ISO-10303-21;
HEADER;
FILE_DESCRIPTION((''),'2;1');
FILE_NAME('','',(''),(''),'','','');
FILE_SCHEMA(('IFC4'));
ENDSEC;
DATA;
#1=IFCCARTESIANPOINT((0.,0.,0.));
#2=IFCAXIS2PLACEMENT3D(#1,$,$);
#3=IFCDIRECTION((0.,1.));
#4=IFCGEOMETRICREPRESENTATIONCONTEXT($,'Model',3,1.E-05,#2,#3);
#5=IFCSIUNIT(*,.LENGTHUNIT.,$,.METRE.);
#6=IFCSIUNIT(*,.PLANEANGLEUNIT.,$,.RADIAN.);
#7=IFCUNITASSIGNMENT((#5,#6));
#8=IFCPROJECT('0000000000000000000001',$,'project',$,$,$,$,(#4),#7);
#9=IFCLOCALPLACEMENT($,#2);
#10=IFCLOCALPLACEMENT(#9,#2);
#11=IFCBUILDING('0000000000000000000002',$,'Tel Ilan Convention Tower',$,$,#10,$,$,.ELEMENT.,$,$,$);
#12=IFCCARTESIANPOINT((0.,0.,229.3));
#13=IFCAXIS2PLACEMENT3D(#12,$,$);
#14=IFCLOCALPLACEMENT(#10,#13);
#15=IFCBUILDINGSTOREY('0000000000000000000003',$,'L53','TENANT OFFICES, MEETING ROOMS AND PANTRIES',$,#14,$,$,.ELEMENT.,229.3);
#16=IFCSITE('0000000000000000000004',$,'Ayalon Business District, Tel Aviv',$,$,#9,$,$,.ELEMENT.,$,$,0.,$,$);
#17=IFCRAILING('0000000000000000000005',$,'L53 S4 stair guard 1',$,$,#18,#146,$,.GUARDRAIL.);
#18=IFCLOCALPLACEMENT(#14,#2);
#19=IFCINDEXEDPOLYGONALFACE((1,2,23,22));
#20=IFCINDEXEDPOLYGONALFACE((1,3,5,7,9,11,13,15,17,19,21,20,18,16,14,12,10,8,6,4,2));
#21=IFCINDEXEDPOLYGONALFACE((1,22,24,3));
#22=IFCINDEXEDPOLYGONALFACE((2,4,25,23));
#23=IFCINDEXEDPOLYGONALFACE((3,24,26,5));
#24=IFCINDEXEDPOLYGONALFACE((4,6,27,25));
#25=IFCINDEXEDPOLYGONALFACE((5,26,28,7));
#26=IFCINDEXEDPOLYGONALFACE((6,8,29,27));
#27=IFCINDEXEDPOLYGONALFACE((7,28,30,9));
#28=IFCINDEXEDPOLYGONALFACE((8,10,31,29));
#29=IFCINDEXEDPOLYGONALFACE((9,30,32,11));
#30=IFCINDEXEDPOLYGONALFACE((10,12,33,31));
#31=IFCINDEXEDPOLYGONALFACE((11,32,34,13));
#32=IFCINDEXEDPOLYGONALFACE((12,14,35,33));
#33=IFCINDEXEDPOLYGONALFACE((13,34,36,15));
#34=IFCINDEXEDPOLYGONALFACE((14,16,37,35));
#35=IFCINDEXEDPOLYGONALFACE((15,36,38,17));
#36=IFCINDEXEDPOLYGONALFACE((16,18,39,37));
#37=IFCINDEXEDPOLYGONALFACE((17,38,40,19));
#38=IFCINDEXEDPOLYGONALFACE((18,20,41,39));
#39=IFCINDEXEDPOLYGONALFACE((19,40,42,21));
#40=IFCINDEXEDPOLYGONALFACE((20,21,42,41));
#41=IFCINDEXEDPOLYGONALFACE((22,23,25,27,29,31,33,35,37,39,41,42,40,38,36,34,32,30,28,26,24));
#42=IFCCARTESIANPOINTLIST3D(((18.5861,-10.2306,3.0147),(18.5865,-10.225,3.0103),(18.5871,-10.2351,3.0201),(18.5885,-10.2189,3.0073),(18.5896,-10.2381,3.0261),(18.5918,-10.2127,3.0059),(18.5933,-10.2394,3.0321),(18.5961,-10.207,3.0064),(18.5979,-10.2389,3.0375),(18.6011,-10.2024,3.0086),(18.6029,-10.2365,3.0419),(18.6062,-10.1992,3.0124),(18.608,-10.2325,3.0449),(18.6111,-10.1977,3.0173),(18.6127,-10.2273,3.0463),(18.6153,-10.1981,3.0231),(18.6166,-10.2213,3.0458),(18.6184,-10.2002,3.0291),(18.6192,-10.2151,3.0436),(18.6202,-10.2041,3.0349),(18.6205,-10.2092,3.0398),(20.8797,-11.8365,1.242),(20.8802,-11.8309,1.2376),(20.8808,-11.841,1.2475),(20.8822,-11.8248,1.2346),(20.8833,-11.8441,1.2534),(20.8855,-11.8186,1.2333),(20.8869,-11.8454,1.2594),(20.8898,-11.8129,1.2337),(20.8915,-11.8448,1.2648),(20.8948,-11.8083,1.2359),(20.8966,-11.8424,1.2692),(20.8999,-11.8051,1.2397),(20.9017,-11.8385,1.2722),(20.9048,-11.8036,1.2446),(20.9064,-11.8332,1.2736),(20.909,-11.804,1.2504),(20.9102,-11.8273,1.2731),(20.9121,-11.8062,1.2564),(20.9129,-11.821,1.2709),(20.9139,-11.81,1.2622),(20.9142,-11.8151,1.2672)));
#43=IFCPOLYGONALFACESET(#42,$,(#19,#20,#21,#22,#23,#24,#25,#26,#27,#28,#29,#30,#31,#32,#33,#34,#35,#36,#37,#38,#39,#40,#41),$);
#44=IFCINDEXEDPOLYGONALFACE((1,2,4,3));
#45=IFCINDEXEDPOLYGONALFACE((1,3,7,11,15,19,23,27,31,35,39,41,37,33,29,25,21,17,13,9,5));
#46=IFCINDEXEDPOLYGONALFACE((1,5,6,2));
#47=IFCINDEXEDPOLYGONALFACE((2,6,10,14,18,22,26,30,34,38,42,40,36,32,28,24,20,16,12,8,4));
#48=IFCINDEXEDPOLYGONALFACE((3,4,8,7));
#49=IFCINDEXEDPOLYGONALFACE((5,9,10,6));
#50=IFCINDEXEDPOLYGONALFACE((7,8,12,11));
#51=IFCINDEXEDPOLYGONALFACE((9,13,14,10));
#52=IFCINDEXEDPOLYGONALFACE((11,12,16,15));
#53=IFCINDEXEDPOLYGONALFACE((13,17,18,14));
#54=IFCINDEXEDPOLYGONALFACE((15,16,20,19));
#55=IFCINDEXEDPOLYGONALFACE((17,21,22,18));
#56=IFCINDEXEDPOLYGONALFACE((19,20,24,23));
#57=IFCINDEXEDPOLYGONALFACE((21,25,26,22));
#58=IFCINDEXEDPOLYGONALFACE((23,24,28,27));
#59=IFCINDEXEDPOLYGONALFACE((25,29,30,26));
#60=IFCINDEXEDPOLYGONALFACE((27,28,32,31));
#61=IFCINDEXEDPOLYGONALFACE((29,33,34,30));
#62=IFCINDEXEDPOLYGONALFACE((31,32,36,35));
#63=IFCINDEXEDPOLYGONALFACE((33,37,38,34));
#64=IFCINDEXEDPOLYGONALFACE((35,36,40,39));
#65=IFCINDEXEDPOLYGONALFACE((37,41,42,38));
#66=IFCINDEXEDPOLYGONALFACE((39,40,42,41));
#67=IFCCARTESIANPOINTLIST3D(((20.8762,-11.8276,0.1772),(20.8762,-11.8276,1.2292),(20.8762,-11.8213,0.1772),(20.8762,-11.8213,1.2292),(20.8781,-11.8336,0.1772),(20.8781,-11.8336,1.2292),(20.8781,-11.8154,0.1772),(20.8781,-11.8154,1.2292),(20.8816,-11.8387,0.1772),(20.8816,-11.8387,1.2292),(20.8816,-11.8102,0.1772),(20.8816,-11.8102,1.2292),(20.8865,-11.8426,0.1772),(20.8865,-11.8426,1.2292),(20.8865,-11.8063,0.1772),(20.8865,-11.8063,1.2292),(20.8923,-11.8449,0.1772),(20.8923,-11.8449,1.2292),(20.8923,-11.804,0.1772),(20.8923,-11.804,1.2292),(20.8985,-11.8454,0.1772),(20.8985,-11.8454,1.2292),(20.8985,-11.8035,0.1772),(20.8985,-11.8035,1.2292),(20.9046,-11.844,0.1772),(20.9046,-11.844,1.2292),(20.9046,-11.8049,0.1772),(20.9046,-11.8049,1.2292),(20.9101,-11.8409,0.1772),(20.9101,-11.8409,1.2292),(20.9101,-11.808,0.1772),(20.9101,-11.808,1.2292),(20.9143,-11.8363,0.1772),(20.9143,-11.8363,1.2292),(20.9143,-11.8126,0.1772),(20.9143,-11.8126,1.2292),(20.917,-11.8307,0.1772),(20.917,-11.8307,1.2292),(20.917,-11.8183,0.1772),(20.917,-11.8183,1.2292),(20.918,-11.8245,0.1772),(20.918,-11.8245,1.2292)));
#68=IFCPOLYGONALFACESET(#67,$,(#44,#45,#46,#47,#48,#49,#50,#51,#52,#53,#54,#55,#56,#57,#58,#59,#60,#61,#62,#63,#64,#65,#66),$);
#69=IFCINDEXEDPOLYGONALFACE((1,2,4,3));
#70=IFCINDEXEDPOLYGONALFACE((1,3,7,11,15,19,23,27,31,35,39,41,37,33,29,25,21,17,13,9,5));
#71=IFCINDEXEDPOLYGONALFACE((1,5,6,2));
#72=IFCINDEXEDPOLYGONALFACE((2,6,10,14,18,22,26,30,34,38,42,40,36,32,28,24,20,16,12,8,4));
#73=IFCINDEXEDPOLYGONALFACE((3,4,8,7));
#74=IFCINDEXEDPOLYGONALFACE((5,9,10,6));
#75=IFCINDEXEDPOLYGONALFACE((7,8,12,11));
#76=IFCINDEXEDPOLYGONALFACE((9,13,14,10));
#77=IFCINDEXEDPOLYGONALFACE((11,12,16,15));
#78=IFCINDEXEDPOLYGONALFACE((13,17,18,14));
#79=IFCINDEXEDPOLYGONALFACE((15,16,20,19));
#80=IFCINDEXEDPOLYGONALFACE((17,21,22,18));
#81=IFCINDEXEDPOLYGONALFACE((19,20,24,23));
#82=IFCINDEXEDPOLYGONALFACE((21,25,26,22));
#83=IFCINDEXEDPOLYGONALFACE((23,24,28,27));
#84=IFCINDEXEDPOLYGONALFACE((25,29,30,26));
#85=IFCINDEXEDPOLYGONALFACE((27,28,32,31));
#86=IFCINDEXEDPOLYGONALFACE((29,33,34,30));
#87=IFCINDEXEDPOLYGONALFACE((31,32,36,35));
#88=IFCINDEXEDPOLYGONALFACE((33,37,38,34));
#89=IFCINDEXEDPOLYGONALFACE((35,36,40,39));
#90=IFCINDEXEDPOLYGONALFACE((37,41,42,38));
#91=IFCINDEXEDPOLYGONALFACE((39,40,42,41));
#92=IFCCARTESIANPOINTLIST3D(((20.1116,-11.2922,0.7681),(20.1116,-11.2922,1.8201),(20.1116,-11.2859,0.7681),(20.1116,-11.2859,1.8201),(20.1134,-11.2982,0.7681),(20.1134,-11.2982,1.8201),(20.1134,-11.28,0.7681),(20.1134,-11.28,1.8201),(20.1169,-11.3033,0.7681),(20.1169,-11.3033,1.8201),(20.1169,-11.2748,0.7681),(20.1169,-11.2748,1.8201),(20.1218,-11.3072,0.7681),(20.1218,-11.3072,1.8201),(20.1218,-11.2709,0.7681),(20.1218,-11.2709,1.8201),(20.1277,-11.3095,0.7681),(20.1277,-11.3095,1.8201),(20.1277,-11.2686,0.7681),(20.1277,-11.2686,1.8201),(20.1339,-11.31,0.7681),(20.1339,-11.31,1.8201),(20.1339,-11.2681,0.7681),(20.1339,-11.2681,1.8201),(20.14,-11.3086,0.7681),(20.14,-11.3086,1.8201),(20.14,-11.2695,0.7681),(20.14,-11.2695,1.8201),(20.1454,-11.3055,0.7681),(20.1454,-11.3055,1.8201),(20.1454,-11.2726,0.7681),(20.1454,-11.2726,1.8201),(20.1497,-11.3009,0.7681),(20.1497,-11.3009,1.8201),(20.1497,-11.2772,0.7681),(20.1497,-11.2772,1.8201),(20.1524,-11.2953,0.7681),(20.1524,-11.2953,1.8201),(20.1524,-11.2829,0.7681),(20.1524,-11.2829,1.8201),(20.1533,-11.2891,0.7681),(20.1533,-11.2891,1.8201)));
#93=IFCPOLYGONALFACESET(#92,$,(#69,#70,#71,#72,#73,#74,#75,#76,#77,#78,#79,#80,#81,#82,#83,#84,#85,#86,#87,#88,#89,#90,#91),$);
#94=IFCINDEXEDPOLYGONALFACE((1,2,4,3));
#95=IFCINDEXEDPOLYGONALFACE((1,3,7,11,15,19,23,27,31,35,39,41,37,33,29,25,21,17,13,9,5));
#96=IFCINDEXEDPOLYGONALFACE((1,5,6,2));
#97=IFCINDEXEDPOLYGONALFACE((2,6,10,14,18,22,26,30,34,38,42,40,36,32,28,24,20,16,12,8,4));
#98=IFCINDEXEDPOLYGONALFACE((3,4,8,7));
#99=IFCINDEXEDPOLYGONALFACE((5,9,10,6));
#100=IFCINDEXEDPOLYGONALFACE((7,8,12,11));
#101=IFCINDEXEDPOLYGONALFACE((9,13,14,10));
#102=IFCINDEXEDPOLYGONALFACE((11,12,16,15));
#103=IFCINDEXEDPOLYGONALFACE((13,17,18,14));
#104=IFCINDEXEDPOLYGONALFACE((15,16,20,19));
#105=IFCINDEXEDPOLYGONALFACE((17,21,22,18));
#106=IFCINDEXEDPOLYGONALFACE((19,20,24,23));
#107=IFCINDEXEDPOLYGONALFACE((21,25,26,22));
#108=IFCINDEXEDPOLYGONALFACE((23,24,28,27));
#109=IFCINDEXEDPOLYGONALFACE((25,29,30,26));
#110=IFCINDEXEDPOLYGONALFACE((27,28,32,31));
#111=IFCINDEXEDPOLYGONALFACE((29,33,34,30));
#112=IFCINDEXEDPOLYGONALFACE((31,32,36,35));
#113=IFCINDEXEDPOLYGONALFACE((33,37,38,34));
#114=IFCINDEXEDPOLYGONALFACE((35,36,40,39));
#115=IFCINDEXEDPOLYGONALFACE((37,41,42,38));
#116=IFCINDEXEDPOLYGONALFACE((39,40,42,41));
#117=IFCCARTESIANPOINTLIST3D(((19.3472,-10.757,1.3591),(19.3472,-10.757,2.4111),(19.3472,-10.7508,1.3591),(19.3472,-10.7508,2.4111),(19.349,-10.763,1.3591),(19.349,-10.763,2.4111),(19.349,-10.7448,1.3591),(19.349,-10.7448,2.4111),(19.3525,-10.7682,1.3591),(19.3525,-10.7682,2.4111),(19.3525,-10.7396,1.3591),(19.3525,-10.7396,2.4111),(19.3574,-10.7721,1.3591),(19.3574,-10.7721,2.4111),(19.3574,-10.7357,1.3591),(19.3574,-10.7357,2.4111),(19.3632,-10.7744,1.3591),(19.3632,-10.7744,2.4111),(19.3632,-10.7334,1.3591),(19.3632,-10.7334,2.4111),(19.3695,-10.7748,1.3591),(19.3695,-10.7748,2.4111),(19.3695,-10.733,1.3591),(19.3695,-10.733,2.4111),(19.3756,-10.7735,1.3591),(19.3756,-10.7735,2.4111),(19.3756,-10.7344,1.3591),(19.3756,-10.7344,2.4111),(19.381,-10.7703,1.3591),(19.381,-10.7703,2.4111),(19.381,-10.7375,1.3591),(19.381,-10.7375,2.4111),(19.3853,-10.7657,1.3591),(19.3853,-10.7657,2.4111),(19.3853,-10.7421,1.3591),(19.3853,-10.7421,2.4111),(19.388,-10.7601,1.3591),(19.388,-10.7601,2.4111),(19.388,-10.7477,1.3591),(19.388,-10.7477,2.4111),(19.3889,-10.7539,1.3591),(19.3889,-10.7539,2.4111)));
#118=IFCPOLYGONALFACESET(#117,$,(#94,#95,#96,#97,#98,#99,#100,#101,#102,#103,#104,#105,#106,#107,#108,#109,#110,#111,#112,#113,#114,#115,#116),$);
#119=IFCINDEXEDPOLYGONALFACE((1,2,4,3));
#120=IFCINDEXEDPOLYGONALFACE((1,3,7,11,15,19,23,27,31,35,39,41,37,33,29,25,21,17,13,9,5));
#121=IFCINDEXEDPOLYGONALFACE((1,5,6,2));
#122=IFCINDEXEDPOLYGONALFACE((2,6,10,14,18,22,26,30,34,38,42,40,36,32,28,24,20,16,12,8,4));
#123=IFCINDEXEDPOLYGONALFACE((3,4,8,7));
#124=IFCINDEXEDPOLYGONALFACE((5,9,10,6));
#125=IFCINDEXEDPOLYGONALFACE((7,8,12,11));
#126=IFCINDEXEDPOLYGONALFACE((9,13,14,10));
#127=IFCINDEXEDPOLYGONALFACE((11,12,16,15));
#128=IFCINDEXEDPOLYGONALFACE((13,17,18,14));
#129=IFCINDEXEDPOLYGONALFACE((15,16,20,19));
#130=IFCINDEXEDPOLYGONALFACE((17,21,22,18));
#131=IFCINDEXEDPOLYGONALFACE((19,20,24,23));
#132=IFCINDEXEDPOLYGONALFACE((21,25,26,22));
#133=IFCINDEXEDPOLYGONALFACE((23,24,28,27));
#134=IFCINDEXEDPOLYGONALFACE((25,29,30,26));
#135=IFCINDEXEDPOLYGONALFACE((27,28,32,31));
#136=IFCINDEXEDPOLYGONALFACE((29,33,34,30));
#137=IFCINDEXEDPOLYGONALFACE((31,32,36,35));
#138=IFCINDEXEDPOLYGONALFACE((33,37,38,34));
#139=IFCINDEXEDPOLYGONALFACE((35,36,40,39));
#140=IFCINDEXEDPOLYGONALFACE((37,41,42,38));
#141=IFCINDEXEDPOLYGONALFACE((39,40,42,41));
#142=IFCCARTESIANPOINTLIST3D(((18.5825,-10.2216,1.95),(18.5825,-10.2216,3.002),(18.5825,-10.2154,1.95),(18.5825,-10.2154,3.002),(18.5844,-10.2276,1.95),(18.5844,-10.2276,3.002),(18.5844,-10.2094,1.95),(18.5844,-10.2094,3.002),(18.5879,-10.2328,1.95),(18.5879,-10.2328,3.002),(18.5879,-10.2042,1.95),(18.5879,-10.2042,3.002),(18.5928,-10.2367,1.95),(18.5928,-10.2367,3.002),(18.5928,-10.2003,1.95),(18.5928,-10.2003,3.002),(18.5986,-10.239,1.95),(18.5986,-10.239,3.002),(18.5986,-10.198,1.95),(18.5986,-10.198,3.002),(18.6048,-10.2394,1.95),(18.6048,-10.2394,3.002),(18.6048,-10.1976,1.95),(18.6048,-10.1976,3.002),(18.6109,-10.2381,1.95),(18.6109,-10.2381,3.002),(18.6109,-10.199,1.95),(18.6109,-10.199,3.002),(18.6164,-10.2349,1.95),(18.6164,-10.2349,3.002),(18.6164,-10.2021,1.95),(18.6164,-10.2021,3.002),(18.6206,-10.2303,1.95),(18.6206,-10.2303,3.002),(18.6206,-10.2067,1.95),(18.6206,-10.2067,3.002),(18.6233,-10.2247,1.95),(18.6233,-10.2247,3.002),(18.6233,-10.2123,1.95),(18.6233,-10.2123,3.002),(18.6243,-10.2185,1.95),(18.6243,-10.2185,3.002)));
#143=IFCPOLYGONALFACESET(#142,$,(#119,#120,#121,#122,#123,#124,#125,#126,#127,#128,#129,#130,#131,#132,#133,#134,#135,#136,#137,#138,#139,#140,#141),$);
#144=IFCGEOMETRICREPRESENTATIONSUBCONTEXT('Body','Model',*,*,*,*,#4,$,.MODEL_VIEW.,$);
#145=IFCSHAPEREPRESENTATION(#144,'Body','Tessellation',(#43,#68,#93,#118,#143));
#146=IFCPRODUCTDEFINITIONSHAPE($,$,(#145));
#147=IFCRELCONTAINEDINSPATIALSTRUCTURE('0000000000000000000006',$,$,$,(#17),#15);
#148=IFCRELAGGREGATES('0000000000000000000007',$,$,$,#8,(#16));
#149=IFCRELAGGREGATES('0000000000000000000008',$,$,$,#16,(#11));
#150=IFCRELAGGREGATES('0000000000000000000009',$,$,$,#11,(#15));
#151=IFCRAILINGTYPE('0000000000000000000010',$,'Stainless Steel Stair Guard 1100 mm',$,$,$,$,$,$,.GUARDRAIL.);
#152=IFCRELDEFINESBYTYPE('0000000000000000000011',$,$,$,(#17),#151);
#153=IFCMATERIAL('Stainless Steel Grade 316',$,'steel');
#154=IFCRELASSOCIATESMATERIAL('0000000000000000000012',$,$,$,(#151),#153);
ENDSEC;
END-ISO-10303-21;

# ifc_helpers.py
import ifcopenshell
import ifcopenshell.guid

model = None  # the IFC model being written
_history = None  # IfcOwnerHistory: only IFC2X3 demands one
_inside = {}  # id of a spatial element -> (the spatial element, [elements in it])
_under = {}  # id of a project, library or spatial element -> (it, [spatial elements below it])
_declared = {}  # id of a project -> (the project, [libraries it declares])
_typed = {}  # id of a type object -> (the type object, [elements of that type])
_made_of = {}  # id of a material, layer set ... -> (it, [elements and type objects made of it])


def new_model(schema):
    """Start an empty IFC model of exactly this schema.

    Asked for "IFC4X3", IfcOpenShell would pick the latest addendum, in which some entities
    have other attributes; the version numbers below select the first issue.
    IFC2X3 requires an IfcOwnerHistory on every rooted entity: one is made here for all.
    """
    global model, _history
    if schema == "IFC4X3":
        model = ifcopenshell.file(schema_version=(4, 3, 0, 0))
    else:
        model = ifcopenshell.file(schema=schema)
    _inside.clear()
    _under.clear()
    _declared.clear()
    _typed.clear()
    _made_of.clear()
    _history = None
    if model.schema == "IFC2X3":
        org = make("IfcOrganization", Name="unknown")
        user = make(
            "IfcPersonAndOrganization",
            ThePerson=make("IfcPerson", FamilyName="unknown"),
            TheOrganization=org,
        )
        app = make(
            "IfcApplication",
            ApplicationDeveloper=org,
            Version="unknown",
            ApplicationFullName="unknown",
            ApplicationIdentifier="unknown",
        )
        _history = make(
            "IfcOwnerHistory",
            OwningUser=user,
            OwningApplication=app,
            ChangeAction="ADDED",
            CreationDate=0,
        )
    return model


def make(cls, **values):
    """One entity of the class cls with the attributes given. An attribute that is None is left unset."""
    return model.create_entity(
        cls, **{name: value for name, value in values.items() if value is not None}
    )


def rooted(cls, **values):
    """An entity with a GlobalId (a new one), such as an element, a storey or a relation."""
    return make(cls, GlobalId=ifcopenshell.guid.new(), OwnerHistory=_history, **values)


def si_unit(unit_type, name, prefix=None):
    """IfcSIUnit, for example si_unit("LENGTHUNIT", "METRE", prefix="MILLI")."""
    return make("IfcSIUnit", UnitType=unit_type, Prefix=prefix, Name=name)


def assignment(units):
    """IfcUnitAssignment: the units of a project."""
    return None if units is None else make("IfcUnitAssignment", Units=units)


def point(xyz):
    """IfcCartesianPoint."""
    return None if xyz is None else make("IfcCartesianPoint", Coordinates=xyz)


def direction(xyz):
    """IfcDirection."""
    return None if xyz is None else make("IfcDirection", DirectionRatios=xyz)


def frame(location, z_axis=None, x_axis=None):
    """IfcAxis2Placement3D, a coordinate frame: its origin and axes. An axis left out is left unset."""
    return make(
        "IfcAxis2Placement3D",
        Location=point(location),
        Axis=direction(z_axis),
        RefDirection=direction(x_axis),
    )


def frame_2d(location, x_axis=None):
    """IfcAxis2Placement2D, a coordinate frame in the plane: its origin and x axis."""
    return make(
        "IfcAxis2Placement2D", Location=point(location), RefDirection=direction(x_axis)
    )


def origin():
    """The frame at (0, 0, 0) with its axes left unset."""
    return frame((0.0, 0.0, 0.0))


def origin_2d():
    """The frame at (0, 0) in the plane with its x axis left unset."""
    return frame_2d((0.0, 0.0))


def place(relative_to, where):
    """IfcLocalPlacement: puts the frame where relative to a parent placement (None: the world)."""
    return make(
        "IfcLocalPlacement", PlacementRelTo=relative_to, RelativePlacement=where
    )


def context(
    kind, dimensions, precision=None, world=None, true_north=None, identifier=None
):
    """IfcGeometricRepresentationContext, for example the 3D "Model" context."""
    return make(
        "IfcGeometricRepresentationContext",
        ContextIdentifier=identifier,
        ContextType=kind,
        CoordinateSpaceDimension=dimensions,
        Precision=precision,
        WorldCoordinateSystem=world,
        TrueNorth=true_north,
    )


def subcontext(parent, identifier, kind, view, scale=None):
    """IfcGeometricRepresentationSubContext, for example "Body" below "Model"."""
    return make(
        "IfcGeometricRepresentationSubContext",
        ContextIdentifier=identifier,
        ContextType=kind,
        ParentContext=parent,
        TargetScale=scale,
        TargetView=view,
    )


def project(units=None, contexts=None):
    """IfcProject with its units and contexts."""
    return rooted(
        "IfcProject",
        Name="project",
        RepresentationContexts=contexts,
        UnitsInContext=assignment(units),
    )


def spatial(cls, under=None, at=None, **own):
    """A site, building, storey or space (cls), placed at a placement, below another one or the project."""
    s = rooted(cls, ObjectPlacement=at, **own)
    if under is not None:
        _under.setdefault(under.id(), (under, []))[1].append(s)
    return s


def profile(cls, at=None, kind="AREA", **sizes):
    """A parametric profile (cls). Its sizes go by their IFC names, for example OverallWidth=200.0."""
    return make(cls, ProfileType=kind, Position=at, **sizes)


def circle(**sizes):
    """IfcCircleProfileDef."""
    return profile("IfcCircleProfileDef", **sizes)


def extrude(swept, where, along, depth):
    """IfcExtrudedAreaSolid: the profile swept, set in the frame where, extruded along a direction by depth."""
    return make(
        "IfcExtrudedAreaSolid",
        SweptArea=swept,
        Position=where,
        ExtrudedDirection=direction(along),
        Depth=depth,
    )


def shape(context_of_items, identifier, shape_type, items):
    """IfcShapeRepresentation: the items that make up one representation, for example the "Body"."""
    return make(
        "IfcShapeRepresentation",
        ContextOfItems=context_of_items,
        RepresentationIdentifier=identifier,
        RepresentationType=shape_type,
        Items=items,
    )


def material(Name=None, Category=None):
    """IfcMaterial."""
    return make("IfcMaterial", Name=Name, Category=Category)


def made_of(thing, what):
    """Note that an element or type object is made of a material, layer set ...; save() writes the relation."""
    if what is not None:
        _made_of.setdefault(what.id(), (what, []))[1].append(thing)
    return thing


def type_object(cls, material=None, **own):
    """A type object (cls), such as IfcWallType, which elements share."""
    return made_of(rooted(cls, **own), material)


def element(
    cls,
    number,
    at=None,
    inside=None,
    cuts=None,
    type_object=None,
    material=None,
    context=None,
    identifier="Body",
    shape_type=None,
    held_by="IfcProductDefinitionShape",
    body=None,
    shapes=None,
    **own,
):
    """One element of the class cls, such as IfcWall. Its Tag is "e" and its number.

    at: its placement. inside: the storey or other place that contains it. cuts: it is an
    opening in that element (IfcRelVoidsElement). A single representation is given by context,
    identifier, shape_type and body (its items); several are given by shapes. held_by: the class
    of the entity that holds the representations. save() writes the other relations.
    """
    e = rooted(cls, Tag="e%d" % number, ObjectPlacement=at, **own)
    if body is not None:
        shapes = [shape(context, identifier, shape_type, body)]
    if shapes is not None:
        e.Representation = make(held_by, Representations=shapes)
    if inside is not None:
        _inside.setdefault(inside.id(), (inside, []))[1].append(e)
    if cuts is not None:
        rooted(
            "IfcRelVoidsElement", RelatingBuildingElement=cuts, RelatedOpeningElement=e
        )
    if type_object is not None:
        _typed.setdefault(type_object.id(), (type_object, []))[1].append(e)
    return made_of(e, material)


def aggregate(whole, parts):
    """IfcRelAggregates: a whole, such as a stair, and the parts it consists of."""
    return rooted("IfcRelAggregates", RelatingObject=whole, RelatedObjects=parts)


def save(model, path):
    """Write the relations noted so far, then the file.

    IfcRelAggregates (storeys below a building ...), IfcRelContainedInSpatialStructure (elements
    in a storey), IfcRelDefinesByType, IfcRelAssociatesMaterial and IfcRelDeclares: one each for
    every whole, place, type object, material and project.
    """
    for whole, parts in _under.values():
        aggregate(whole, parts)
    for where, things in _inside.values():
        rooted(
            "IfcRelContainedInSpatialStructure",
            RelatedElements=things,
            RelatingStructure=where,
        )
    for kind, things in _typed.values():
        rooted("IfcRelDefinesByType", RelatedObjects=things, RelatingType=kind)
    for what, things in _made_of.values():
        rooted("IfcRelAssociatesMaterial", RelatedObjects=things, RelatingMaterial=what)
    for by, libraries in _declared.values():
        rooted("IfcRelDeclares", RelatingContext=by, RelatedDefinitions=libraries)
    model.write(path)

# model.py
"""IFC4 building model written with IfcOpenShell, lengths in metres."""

from ifc_helpers import new_model, si_unit, direction, frame, origin, origin_2d, place, context, subcontext, project, spatial, circle, extrude, material, type_object, element, save


model = new_model("IFC4")

# Units and contexts
model_context = context("Model", 3, precision=1e-05, world=origin(), true_north=direction((0.0, 1.0)))
body_context = subcontext(model_context, "Body", "Model", "MODEL_VIEW")
ifc_project = project(units=[si_unit("LENGTHUNIT", "METRE"), si_unit("PLANEANGLEUNIT", "RADIAN")], contexts=[model_context])

# Site, building, storey
site_placement = place(None, origin())
site = spatial("IfcSite", under=ifc_project, at=site_placement, Name="Ayalon Business District, Tel Aviv", CompositionType="ELEMENT", RefElevation=0.0)
building_placement = place(site_placement, origin())
building = spatial("IfcBuilding", under=site, at=building_placement, Name="Tel Ilan Convention Tower", CompositionType="ELEMENT")
storey_placement = place(building_placement, frame((0.0, 0.0, 229.3)))
storey = spatial("IfcBuildingStorey", under=building, at=storey_placement, Name="L53", Description="TENANT OFFICES, MEETING ROOMS AND PANTRIES", CompositionType="ELEMENT", Elevation=229.3)

# Railing
ifc_material_1 = material(Name="Stainless Steel Grade 316", Category="steel")
railing_type_1 = type_object("IfcRailingType", Name="Stainless Steel Stair Guard 1100 mm", PredefinedType="GUARDRAIL", material=ifc_material_1)
railing_1_placement = place(storey_placement, frame((20.897, -11.8245, 0.1772)))
element("IfcRailing", 1, at=railing_1_placement, inside=storey, type_object=railing_type_1, Name="L53 S4 stair guard 1", PredefinedType="GUARDRAIL", context=body_context, shape_type="SweptSolid", body=[
    extrude(circle(Radius=0.0239, at=origin_2d()), frame((0.0, 0.0, 1.0762), z_axis=(-0.692123, 0.484597, 0.534913), x_axis=(-0.57355, -0.81917, 0.0)), (0.0, 0.0, 1.0), 3.314),
    extrude(circle(Radius=0.021, at=origin_2d()), origin(), (0.0, 0.0, 1.0), 1.052),
    extrude(circle(Radius=0.021, at=origin_2d()), frame((-0.7646, 0.5354, 0.5908)), (0.0, 0.0, 1.0), 1.052),
    extrude(circle(Radius=0.021, at=origin_2d()), frame((-1.5291, 1.0706, 1.1819)), (0.0, 0.0, 1.0), 1.052),
    extrude(circle(Radius=0.021, at=origin_2d()), frame((-2.2937, 1.606, 1.7727)), (0.0, 0.0, 1.0), 1.052),
])

save(model, "model.ifc")
